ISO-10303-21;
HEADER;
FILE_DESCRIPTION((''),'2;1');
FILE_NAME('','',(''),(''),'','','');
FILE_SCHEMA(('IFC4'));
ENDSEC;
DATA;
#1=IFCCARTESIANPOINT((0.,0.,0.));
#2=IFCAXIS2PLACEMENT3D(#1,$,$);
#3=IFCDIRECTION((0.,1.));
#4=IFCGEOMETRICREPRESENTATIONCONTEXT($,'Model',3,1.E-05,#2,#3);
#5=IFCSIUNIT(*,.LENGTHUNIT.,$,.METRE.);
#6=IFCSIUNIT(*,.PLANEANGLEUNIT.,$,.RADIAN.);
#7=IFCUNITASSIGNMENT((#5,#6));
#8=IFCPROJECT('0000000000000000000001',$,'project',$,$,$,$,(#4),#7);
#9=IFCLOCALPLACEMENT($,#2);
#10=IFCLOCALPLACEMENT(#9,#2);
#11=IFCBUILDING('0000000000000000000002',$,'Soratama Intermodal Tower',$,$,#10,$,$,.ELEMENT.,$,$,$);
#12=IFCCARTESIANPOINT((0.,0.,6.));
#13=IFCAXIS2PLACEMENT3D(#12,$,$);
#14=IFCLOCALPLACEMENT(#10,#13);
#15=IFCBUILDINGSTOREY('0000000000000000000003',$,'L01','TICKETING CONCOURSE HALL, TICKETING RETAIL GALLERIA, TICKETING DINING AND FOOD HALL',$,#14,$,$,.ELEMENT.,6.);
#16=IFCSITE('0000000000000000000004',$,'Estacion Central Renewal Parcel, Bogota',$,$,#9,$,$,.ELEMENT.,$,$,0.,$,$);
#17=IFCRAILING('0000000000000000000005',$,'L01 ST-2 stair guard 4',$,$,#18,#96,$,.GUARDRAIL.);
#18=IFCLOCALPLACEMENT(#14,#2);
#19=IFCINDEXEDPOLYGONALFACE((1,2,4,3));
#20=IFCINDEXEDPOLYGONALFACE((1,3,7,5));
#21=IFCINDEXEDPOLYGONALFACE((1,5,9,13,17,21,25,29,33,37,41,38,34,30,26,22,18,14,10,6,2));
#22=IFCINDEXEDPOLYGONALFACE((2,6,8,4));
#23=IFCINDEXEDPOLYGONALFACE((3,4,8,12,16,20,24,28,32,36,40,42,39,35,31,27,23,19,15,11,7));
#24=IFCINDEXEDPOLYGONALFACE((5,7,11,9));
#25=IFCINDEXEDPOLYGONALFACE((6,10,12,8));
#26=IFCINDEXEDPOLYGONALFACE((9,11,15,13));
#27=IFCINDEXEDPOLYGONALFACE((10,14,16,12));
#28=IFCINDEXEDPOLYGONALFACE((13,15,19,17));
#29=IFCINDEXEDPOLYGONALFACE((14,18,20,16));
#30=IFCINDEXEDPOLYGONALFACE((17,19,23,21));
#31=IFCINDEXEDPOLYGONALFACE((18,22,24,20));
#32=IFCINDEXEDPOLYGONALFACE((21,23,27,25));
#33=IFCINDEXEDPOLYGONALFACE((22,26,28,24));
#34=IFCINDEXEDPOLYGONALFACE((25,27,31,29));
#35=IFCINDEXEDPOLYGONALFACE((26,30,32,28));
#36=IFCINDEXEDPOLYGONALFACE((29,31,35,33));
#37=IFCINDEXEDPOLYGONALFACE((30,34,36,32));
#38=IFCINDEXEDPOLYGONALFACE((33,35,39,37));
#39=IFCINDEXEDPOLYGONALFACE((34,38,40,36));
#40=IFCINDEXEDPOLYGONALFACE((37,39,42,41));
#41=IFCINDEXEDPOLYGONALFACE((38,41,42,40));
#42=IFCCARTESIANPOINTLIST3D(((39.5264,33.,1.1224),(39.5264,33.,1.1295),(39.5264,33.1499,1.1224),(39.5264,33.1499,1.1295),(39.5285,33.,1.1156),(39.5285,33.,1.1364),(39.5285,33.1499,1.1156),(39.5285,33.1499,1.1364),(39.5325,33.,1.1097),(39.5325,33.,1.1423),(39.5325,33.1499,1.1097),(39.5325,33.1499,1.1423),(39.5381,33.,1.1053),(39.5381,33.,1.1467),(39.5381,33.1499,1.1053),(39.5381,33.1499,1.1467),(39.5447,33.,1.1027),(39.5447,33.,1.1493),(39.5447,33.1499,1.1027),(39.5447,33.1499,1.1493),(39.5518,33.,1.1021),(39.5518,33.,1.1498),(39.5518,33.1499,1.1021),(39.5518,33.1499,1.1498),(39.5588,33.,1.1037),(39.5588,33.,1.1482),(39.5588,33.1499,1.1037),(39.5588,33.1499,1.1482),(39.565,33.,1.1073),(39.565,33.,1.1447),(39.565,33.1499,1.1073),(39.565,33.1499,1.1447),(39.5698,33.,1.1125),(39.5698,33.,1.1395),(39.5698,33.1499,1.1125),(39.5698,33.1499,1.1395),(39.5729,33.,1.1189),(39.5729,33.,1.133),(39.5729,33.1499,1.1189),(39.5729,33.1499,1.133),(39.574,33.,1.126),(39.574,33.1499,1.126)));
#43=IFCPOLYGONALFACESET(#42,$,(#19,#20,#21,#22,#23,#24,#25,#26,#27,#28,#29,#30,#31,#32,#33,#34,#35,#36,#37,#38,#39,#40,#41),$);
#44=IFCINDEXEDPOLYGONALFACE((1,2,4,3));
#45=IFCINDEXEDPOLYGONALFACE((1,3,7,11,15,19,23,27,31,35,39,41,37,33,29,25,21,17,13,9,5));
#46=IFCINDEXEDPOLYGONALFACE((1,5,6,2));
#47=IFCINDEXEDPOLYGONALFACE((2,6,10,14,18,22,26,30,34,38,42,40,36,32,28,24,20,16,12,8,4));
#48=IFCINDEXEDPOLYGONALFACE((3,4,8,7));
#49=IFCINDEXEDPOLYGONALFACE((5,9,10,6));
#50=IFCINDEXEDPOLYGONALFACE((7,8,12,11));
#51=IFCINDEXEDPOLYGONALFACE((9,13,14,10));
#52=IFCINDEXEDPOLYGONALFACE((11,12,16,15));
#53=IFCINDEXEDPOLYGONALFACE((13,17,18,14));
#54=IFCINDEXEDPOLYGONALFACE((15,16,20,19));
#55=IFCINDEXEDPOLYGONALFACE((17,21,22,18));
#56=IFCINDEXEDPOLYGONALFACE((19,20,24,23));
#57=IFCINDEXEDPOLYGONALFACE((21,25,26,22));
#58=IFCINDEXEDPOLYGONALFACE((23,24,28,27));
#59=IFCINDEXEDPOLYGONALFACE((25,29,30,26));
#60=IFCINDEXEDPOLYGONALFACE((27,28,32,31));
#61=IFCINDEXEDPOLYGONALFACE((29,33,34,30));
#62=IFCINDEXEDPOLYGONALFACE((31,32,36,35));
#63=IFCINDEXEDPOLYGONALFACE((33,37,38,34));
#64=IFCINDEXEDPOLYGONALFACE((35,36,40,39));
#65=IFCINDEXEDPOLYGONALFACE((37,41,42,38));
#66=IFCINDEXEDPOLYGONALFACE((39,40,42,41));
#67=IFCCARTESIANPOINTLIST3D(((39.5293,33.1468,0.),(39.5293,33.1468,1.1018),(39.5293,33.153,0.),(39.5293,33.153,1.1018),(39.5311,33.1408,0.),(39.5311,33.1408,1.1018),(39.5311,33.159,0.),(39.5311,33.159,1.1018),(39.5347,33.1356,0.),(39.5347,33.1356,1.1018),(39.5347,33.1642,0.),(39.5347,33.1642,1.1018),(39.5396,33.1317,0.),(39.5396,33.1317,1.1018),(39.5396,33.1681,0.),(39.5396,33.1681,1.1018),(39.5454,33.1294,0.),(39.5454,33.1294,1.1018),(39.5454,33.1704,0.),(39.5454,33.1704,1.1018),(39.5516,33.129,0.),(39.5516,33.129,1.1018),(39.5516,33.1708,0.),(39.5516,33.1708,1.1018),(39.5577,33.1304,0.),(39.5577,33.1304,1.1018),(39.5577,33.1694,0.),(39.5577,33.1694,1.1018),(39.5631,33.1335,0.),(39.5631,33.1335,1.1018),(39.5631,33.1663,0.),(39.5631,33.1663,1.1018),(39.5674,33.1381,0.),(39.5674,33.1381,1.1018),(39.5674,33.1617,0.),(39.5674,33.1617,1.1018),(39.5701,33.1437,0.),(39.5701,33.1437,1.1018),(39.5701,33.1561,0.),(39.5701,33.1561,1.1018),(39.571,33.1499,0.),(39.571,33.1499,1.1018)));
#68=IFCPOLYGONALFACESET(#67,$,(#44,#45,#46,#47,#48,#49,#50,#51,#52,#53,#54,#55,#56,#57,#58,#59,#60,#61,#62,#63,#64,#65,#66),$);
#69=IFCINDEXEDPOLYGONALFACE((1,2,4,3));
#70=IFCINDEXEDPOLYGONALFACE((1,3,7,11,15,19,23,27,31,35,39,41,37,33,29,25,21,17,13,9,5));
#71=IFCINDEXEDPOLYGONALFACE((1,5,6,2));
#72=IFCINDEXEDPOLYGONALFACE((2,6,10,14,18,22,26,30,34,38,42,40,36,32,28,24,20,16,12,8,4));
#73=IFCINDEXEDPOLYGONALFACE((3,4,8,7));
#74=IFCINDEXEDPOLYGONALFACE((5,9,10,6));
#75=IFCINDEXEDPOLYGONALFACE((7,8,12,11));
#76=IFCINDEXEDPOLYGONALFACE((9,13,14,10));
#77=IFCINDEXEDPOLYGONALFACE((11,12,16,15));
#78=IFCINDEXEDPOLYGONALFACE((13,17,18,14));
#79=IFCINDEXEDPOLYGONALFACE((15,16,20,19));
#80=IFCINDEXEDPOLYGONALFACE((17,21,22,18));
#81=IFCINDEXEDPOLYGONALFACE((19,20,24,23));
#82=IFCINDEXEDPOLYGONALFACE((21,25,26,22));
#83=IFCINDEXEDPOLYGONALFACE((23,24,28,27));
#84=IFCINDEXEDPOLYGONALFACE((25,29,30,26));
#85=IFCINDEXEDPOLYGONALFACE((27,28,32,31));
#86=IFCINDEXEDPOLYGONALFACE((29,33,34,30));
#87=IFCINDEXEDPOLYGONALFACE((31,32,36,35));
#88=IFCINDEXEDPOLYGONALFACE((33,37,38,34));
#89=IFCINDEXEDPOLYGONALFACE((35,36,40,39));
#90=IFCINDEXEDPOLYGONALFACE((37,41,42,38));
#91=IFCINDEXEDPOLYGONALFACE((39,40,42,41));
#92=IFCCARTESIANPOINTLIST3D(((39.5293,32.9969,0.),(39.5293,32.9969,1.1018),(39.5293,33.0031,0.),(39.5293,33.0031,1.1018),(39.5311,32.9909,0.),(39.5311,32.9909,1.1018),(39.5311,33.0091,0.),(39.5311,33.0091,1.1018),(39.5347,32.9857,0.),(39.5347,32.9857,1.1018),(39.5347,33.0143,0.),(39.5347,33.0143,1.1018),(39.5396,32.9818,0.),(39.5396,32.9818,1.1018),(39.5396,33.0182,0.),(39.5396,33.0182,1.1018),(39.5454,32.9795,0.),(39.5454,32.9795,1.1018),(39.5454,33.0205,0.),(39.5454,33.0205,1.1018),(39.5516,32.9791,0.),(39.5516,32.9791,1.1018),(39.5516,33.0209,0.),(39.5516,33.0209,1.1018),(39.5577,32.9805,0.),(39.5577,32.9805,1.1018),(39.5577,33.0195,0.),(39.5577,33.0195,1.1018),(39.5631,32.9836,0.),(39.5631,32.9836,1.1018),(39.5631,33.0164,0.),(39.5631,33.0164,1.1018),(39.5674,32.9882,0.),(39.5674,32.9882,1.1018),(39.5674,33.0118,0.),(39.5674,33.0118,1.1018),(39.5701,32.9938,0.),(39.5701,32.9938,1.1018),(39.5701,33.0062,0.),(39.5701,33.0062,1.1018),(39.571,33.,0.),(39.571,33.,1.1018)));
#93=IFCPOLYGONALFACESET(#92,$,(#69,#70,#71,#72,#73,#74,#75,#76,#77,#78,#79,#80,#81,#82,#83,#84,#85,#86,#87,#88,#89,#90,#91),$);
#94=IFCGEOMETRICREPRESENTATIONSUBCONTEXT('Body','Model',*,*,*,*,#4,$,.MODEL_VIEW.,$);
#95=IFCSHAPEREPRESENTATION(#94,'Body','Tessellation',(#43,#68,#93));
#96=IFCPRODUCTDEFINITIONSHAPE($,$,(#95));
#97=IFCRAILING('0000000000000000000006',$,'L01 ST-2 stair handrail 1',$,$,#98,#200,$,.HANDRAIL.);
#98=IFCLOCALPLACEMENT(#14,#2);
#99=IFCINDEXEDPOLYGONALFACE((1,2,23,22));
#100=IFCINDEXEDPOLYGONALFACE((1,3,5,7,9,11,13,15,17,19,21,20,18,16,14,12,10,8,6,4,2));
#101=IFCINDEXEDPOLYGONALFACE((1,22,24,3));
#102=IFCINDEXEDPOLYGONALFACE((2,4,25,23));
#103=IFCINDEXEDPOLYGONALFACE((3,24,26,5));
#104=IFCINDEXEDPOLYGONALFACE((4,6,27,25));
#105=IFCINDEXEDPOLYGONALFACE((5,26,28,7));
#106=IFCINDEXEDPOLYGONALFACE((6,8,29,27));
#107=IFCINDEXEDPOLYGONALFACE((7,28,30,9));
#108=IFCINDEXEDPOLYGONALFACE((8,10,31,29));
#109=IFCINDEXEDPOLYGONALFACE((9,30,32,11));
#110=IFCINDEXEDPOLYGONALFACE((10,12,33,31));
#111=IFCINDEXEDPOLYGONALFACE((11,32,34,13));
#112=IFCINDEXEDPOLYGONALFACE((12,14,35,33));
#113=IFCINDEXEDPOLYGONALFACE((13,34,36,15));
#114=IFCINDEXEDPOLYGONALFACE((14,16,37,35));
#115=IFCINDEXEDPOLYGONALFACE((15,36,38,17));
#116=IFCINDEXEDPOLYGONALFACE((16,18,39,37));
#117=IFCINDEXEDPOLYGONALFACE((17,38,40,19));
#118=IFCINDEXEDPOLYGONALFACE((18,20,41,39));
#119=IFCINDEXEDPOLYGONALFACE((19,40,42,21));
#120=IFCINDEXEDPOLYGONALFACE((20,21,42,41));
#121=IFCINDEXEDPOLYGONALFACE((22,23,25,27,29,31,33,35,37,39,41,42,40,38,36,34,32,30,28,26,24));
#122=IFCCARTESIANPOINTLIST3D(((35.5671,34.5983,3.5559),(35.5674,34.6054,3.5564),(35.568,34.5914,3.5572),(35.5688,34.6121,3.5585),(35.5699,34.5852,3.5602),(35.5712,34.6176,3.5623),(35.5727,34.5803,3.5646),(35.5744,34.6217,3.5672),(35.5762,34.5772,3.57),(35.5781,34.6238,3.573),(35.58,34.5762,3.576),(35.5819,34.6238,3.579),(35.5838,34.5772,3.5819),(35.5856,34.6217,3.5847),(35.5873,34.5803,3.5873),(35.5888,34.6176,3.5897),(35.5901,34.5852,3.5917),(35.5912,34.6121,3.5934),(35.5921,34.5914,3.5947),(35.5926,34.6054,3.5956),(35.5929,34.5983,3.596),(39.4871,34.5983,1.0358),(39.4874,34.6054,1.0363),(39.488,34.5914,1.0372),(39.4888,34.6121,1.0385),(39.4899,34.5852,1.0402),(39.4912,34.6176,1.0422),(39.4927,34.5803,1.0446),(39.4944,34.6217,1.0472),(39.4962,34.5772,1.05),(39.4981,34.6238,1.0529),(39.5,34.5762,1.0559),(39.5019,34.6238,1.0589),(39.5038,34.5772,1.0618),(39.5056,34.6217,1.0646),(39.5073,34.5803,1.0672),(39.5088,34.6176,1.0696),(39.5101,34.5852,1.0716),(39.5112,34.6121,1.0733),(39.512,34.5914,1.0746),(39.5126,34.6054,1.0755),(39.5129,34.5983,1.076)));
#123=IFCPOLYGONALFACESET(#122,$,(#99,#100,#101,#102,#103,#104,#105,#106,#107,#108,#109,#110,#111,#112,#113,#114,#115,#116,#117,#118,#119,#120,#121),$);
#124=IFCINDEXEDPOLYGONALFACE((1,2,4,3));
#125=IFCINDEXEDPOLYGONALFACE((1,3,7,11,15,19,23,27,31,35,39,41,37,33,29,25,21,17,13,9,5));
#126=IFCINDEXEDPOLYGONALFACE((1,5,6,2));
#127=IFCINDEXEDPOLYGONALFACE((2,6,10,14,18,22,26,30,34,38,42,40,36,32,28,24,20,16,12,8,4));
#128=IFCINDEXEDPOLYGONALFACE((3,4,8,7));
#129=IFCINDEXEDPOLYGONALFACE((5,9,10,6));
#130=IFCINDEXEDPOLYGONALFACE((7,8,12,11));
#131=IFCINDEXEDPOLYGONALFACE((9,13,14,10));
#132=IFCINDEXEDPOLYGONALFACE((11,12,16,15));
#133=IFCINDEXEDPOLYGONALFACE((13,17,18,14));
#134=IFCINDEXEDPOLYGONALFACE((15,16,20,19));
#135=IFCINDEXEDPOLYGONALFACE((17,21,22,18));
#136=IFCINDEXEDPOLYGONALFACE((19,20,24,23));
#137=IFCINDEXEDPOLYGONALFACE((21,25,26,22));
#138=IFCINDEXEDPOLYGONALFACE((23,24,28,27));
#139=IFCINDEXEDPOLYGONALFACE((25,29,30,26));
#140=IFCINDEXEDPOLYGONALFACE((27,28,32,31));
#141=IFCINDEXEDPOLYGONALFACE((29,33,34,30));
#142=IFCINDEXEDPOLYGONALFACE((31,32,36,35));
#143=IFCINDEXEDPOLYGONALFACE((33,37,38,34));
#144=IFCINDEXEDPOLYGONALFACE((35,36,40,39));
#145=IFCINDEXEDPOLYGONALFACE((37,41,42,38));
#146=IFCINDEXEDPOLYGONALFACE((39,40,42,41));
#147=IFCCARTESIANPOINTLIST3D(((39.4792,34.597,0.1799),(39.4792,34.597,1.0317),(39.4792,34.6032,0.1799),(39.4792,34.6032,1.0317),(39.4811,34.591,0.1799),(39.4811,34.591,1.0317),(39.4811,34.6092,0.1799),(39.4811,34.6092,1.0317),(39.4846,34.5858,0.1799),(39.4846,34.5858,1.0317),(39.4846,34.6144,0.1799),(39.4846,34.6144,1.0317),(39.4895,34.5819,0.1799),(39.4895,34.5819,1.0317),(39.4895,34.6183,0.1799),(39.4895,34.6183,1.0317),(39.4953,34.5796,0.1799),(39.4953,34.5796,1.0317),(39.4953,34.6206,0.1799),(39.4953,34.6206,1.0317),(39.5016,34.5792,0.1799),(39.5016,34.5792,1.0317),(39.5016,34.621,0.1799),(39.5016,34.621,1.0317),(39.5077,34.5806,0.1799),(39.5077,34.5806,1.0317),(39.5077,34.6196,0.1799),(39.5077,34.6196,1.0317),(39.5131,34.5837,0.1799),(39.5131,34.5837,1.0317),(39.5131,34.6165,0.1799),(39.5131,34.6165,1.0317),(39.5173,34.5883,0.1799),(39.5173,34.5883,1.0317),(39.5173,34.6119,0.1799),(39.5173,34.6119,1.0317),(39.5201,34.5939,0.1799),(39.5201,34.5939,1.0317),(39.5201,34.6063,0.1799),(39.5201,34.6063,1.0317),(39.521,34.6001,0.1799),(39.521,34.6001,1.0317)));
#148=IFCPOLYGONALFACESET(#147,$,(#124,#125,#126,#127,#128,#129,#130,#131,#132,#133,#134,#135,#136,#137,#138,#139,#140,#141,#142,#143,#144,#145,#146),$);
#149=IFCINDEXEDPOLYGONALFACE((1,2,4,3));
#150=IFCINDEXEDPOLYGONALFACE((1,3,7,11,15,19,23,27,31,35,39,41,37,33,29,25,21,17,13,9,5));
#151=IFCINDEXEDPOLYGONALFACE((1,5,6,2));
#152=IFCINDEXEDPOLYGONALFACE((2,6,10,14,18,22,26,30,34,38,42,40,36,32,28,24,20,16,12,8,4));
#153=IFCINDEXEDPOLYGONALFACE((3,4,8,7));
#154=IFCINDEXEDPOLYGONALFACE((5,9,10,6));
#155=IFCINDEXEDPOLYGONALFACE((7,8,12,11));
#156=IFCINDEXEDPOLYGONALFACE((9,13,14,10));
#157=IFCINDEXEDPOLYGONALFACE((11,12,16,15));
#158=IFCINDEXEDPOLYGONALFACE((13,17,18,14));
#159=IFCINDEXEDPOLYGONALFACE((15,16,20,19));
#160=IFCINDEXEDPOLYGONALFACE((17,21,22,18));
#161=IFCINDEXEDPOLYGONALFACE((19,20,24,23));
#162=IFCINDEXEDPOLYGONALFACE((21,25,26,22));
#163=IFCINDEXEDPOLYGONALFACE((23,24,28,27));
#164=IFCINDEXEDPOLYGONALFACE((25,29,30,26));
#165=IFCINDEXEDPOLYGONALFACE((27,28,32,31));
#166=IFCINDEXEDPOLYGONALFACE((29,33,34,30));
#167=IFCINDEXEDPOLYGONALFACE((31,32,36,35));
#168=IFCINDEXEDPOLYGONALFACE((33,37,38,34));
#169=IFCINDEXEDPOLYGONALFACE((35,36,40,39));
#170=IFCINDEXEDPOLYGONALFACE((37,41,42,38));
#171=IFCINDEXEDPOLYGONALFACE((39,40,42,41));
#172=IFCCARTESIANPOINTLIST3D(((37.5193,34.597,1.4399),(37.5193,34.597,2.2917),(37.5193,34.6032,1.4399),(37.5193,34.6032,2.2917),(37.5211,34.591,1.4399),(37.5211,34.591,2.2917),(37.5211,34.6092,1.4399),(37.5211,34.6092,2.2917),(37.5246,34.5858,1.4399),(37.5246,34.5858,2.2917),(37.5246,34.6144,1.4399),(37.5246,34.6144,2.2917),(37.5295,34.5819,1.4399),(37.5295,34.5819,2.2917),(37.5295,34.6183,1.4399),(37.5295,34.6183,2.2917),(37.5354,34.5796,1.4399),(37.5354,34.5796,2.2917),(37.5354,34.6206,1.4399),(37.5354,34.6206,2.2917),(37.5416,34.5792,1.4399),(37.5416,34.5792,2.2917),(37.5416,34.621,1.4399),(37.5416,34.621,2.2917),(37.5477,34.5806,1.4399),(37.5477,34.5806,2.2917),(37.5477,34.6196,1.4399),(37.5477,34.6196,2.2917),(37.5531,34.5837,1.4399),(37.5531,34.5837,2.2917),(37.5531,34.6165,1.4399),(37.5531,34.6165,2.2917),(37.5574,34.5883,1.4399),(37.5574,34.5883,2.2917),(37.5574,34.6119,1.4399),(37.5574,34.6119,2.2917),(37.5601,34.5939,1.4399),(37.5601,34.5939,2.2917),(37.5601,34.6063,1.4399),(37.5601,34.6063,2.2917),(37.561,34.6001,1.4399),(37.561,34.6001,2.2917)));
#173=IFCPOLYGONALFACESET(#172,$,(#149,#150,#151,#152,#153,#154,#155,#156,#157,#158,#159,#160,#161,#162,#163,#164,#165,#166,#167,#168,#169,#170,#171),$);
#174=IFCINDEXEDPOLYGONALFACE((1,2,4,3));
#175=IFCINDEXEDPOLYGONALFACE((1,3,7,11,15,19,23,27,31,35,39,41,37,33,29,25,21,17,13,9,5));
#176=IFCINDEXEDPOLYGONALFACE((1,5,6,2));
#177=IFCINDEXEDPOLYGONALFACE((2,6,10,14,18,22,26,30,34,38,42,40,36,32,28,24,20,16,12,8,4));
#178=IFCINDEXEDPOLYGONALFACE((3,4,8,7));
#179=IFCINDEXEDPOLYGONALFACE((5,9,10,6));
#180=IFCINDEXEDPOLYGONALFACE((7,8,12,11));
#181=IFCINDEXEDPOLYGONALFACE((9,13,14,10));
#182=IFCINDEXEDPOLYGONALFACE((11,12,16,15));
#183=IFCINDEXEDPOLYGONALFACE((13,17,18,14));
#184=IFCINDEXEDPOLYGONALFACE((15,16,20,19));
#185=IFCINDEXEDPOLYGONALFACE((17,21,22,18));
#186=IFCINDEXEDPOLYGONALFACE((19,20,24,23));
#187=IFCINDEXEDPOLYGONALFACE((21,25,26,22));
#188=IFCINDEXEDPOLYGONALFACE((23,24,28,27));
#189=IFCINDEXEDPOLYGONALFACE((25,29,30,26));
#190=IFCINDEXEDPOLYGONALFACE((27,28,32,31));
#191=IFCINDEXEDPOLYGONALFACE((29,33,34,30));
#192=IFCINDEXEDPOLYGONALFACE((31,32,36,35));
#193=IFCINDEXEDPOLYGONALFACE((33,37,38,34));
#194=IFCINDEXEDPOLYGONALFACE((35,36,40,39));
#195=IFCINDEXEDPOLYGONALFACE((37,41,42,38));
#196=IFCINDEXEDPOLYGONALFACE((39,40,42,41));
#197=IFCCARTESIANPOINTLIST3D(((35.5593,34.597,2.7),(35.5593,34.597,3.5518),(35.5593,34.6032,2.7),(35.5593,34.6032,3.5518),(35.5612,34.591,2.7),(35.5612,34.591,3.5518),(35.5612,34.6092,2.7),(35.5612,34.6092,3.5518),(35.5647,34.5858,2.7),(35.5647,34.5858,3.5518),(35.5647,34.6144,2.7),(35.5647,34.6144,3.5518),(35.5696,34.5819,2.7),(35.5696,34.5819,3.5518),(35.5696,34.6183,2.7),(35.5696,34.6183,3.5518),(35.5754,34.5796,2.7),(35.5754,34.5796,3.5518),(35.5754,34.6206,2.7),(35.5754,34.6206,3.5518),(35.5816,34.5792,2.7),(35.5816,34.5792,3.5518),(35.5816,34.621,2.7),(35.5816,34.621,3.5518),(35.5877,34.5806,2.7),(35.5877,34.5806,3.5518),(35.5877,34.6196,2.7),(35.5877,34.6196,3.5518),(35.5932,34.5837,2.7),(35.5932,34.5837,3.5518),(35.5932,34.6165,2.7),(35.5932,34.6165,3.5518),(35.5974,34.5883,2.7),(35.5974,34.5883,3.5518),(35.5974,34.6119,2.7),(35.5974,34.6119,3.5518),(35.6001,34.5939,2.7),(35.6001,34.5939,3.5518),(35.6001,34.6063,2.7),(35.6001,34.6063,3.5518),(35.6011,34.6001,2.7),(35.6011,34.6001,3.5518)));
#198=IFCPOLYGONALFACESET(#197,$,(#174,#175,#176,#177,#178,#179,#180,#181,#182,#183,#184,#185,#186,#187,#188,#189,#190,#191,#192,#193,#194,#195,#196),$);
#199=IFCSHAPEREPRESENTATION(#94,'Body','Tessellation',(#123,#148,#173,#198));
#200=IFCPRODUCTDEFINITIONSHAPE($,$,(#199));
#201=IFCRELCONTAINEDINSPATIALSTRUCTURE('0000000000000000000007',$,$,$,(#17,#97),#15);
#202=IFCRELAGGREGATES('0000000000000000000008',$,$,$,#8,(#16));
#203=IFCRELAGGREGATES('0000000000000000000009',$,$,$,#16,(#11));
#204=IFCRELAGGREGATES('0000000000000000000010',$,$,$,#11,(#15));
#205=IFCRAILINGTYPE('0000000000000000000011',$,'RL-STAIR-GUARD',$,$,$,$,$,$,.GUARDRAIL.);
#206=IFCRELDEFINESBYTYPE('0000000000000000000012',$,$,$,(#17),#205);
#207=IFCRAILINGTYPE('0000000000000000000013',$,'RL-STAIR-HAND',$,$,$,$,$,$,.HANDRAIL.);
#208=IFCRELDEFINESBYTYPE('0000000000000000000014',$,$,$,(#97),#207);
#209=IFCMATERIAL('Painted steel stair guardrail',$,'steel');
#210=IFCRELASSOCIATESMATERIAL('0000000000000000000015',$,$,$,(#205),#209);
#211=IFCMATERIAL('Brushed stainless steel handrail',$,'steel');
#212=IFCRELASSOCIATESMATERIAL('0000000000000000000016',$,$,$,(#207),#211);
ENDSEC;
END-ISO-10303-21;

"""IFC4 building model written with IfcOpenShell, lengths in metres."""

from ifc_helpers import new_model, si_unit, direction, frame, origin, origin_2d, place, context, subcontext, project, spatial, circle, extrude, material, type_object, element, save


model = new_model("IFC4")

# Units and contexts
model_context = context("Model", 3, precision=1e-05, world=origin(), true_north=direction((0.0, 1.0)))
body_context = subcontext(model_context, "Body", "Model", "MODEL_VIEW")
ifc_project = project(units=[si_unit("LENGTHUNIT", "METRE"), si_unit("PLANEANGLEUNIT", "RADIAN")], contexts=[model_context])

# Site, building, storey
site_placement = place(None, origin())
site = spatial("IfcSite", under=ifc_project, at=site_placement, Name="Estacion Central Renewal Parcel, Bogota", CompositionType="ELEMENT", RefElevation=0.0)
building_placement = place(site_placement, origin())
building = spatial("IfcBuilding", under=site, at=building_placement, Name="Soratama Intermodal Tower", CompositionType="ELEMENT")
storey_placement = place(building_placement, frame((0.0, 0.0, 6.0)))
storey = spatial("IfcBuildingStorey", under=building, at=storey_placement, Name="L01", Description="TICKETING CONCOURSE HALL, TICKETING RETAIL GALLERIA, TICKETING DINING AND FOOD HALL", CompositionType="ELEMENT", Elevation=6.0)

# Railings
ifc_material_1 = material(Name="Painted steel stair guardrail", Category="steel")
railing_type_1 = type_object("IfcRailingType", Name="RL-STAIR-GUARD", PredefinedType="GUARDRAIL", material=ifc_material_1)
railing_1_placement = place(storey_placement, frame((39.55, 33.1499, 0.0)))
element("IfcRailing", 1, at=railing_1_placement, inside=storey, type_object=railing_type_1, Name="L01 ST-2 stair guard 4", PredefinedType="GUARDRAIL", context=body_context, shape_type="SweptSolid", body=[
    extrude(circle(Radius=0.0239, at=origin_2d()), frame((0.0, 0.0, 1.126), z_axis=(0.0, -1.0, 0.0), x_axis=(1.0, 0.0, 0.0)), (0.0, 0.0, 1.0), 0.1499),
    extrude(circle(Radius=0.021, at=origin_2d()), origin(), (0.0, 0.0, 1.0), 1.1018),
    extrude(circle(Radius=0.021, at=origin_2d()), frame((0.0, -0.1499, 0.0)), (0.0, 0.0, 1.0), 1.1018),
])
ifc_material_2 = material(Name="Brushed stainless steel handrail", Category="steel")
railing_type_2 = type_object("IfcRailingType", Name="RL-STAIR-HAND", PredefinedType="HANDRAIL", material=ifc_material_2)
railing_2_placement = place(storey_placement, frame((39.5, 34.6001, 0.1799)))
element("IfcRailing", 2, at=railing_2_placement, inside=storey, type_object=railing_type_2, Name="L01 ST-2 stair handrail 1", PredefinedType="HANDRAIL", context=body_context, shape_type="SweptSolid", body=[
    extrude(circle(Radius=0.0239, at=origin_2d()), frame((0.0, 0.0, 0.876), z_axis=(-0.841172, 0.0, 0.540768), x_axis=(0.0, -1.0, 0.0)), (0.0, 0.0, 1.0), 4.6602),
    extrude(circle(Radius=0.021, at=origin_2d()), origin(), (0.0, 0.0, 1.0), 0.8518),
    extrude(circle(Radius=0.021, at=origin_2d()), frame((-1.96, 0.0, 1.26)), (0.0, 0.0, 1.0), 0.8518),
    extrude(circle(Radius=0.021, at=origin_2d()), frame((-3.9199, 0.0, 2.52)), (0.0, 0.0, 1.0), 0.8518),
])

save(model, "model.ifc")
